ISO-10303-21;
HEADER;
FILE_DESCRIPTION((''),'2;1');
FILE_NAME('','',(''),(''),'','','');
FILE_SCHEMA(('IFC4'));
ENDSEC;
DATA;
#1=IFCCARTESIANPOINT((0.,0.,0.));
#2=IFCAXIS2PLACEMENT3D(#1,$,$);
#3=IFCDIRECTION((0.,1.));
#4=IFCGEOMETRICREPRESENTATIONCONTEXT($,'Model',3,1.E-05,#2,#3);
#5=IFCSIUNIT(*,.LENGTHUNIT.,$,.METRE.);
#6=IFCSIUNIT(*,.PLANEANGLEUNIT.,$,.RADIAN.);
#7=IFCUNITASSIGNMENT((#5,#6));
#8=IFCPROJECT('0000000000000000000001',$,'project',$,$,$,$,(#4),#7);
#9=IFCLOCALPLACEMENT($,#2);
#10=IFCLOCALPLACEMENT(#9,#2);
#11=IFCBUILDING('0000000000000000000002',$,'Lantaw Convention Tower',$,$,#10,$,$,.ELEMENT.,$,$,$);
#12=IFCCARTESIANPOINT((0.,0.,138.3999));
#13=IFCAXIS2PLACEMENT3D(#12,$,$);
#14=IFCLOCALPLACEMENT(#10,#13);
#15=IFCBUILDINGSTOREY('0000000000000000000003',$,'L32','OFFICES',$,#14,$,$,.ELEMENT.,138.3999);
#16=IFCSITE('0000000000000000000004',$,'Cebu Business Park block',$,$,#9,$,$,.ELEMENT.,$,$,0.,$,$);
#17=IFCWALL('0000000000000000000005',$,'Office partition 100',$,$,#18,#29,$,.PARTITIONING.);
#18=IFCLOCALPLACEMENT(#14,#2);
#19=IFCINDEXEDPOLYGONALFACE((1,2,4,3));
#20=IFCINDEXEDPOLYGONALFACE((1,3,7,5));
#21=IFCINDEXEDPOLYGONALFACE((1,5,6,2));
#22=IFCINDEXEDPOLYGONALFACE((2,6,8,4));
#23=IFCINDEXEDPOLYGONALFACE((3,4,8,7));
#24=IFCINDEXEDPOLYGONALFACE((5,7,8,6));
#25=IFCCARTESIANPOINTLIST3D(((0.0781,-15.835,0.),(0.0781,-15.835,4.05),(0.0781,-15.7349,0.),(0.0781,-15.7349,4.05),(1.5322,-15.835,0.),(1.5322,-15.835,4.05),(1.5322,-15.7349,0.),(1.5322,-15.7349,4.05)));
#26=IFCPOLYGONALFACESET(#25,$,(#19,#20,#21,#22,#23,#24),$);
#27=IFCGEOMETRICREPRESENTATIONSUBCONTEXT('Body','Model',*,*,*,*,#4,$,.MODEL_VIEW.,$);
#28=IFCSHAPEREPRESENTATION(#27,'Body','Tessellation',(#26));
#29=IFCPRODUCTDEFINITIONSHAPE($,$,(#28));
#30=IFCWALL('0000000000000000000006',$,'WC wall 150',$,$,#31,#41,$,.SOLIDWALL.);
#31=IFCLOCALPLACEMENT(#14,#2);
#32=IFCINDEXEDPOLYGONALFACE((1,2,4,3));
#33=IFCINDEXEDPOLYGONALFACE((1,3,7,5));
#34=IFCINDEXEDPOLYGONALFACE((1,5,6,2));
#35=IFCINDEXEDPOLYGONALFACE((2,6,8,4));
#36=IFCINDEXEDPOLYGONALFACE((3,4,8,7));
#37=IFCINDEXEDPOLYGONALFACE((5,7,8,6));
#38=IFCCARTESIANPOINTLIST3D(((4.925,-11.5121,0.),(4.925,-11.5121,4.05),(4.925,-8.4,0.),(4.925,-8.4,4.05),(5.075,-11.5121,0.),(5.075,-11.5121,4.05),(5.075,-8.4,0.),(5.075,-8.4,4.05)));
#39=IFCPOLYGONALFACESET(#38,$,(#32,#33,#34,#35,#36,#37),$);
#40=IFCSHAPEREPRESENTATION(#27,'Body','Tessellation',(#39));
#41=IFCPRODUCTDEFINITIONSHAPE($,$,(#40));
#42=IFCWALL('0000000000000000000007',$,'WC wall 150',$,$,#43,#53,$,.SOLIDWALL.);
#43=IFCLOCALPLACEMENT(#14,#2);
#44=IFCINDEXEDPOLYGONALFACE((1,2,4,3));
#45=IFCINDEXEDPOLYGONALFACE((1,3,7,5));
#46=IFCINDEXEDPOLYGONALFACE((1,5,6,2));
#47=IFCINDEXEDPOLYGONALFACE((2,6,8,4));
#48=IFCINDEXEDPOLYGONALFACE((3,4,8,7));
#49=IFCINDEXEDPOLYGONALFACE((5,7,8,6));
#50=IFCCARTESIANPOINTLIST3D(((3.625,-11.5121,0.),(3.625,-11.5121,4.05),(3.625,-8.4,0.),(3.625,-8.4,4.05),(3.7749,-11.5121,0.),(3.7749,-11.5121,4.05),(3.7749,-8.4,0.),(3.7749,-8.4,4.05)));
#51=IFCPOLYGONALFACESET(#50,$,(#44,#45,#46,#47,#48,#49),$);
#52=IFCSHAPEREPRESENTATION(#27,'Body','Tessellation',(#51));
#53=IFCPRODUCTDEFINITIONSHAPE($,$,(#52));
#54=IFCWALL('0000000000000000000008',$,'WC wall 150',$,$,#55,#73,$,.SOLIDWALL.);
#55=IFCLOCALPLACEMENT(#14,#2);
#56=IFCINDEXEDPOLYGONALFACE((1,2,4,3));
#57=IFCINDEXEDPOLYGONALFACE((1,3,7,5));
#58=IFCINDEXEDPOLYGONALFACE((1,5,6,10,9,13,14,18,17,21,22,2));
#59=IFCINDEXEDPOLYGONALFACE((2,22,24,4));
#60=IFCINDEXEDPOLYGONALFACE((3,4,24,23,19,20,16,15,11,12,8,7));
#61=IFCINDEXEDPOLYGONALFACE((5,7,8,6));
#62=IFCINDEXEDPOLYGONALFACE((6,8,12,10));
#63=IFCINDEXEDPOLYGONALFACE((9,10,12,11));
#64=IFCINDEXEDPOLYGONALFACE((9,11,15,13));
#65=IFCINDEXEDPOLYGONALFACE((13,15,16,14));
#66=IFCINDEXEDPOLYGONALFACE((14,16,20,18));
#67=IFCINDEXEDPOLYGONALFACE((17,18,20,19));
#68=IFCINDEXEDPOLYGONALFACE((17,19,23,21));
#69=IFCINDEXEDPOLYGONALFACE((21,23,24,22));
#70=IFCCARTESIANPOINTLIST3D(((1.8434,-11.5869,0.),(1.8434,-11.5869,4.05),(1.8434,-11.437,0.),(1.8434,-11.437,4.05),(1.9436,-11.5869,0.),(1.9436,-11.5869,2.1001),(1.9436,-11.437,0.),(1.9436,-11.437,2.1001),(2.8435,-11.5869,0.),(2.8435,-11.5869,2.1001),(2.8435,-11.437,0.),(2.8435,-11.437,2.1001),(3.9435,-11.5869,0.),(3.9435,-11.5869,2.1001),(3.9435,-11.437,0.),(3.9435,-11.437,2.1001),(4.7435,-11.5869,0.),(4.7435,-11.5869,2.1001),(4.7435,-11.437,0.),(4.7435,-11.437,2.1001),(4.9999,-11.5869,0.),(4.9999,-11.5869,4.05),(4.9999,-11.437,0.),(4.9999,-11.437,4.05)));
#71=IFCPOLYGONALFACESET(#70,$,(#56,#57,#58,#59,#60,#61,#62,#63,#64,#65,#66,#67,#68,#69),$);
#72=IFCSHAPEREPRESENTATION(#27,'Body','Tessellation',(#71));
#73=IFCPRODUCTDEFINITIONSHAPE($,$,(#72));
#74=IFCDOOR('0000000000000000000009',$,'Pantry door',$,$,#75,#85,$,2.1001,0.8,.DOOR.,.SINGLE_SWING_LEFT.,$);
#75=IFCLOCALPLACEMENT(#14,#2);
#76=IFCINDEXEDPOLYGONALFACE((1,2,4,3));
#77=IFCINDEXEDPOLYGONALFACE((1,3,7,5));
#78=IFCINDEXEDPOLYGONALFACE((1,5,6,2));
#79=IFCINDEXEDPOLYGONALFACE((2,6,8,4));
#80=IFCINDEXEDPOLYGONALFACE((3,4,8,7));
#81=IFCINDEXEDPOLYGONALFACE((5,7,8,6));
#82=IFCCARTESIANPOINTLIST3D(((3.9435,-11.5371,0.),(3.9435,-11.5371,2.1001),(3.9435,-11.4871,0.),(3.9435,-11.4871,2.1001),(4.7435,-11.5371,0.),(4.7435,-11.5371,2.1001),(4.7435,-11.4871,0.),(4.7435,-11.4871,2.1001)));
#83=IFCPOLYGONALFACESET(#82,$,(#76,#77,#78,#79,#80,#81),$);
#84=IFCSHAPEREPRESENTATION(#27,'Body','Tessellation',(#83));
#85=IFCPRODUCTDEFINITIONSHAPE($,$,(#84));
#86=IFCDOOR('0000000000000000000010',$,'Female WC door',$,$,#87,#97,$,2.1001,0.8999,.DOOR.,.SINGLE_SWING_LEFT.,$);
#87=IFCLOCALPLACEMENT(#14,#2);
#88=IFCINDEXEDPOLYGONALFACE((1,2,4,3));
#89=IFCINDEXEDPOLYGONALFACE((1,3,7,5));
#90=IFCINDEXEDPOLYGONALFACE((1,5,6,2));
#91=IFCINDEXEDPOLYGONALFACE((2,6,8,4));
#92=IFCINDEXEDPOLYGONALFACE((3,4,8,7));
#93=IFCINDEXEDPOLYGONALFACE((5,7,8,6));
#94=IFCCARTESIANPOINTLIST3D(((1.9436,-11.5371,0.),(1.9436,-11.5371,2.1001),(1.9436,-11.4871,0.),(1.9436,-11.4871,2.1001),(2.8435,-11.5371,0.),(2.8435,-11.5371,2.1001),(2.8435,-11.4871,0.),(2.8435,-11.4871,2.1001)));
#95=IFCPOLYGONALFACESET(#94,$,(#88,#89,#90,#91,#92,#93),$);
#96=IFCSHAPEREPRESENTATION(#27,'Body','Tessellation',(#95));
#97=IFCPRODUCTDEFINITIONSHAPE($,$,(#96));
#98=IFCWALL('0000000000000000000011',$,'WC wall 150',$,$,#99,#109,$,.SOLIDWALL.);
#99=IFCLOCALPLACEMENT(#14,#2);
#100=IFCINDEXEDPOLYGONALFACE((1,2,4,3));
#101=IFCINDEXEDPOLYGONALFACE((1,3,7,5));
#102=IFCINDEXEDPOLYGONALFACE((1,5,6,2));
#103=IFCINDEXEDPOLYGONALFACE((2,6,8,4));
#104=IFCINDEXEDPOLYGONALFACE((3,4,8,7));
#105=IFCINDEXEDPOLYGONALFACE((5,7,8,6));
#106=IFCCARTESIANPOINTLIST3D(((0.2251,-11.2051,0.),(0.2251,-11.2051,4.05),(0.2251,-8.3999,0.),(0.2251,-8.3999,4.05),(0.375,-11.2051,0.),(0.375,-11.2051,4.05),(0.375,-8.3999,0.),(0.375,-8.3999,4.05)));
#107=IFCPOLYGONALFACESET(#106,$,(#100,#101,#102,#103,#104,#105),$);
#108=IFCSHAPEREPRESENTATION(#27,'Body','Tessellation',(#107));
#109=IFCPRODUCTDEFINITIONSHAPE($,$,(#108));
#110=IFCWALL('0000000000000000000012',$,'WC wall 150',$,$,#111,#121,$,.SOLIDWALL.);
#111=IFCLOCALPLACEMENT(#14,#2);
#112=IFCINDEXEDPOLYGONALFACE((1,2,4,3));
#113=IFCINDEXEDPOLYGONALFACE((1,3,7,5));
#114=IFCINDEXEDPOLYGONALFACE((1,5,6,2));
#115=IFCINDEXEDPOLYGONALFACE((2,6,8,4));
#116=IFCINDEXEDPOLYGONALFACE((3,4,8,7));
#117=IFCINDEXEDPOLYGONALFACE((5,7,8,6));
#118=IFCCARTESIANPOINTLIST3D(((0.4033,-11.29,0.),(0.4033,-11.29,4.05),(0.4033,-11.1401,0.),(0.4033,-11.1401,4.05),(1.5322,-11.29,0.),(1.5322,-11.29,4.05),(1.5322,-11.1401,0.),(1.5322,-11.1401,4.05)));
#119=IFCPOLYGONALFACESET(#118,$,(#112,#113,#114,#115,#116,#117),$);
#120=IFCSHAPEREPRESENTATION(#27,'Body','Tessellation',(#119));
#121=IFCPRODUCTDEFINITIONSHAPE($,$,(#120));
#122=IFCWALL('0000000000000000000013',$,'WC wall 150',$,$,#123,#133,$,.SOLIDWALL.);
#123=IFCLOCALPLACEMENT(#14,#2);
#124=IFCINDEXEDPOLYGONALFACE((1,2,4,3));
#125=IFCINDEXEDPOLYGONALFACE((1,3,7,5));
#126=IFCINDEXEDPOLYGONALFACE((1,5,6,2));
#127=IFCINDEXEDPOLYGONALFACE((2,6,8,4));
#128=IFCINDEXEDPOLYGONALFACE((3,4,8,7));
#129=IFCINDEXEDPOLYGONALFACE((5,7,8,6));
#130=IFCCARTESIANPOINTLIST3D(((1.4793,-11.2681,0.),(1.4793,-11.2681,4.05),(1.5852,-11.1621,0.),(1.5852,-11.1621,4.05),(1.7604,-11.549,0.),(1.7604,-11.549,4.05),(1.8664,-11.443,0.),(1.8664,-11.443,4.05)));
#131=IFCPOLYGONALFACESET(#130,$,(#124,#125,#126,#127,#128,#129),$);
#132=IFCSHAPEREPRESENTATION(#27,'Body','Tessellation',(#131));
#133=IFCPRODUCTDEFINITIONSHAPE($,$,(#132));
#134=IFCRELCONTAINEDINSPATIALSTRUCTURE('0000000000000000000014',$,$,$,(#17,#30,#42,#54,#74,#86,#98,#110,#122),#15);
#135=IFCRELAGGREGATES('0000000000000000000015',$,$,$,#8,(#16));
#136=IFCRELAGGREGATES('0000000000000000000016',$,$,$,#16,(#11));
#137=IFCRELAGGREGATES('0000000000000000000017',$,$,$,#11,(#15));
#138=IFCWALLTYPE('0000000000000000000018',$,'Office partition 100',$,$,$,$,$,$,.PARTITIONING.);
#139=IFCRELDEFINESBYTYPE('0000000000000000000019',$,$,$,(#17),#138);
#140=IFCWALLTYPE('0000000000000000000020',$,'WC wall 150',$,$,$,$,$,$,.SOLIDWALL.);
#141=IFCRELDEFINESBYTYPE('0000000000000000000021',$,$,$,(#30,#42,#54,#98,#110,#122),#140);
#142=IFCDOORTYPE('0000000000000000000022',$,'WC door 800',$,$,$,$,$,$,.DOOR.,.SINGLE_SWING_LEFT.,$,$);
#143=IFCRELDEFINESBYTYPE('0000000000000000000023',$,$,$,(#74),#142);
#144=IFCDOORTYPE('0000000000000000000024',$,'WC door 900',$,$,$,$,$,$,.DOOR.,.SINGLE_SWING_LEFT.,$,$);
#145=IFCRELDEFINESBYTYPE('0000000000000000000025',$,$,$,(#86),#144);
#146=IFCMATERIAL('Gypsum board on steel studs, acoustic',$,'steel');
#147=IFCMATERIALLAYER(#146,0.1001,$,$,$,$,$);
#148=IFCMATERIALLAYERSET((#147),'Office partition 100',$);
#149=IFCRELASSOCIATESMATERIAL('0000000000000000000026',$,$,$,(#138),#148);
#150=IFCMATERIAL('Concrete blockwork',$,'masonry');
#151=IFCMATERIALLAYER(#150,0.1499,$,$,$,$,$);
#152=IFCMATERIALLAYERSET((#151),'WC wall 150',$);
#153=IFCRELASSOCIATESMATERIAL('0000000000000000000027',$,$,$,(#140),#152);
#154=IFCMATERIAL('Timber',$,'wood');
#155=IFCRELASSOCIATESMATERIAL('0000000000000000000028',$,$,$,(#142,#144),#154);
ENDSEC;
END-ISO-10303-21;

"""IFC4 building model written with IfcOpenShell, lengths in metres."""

from ifc_helpers import new_model, si_unit, direction, frame, frame_2d, origin, place, context, subcontext, project, spatial, rectangle, extrude, material, layer, layer_set, type_object, element, fill, save


model = new_model("IFC4")

# Units and contexts
model_context = context("Model", 3, precision=1e-05, world=origin(), true_north=direction((0.0, 1.0)))
body_context = subcontext(model_context, "Body", "Model", "MODEL_VIEW")
ifc_project = project(units=[si_unit("LENGTHUNIT", "METRE"), si_unit("PLANEANGLEUNIT", "RADIAN")], contexts=[model_context])

# Site, building, storey
site_placement = place(None, origin())
site = spatial("IfcSite", under=ifc_project, at=site_placement, Name="Cebu Business Park block", CompositionType="ELEMENT", RefElevation=0.0)
building_placement = place(site_placement, origin())
building = spatial("IfcBuilding", under=site, at=building_placement, Name="Lantaw Convention Tower", CompositionType="ELEMENT")
storey_placement = place(building_placement, frame((0.0, 0.0, 138.3999)))
storey = spatial("IfcBuildingStorey", under=building, at=storey_placement, Name="L32", Description="OFFICES", CompositionType="ELEMENT", Elevation=138.3999)

# Walls
ifc_material_1 = material(Name="Gypsum board on steel studs, acoustic", Category="steel")
ifc_layer_1 = layer(ifc_material_1, 0.1001)
ifc_layer_set_1 = layer_set([ifc_layer_1], Name="Office partition 100")
wall_type_1 = type_object("IfcWallType", Name="Office partition 100", PredefinedType="PARTITIONING", material=ifc_layer_set_1)
wall_1_placement = place(storey_placement, frame((1.5322, -15.7849, 0.0), z_axis=(0.0, 0.0, 1.0), x_axis=(-1.0, 0.0, 0.0)))
element("IfcWall", 1, at=wall_1_placement, inside=storey, type_object=wall_type_1, Name="Office partition 100", PredefinedType="PARTITIONING", context=body_context, shape_type="SweptSolid", body=[
    extrude(rectangle(XDim=1.4541, YDim=0.1001, at=frame_2d((0.7271, 0.0))), origin(), (0.0, 0.0, 1.0), 4.05),
])
ifc_material_2 = material(Name="Concrete blockwork", Category="masonry")
ifc_layer_2 = layer(ifc_material_2, 0.1499)
ifc_layer_set_2 = layer_set([ifc_layer_2], Name="WC wall 150")
wall_type_2 = type_object("IfcWallType", Name="WC wall 150", PredefinedType="SOLIDWALL", material=ifc_layer_set_2)
for number, where, z_axis, x_axis, name in (
    (2, (5.0, -8.3999, 0.0), (0.0, 0.0, 1.0), (0.0, -1.0, 0.0), "WC wall 150"),
    (3, (3.7, -8.3999, 0.0), (0.0, 0.0, 1.0), (0.0, -1.0, 0.0), "WC wall 150"),
):
    element("IfcWall", number, at=place(storey_placement, frame(where, z_axis=z_axis, x_axis=x_axis)), inside=storey, type_object=wall_type_2, Name=name, PredefinedType="SOLIDWALL", context=body_context, shape_type="SweptSolid", body=[
        extrude(rectangle(XDim=3.1121, YDim=0.1499, at=frame_2d((1.5562, 0.0))), origin(), (0.0, 0.0, 1.0), 4.05),
    ])

# Wall, openings, doors
wall_2_placement = place(storey_placement, frame((1.8435, -11.512, 0.0), z_axis=(0.0, 0.0, 1.0), x_axis=(1.0, 0.0, 0.0)))
wall_2 = element("IfcWall", 4, at=wall_2_placement, inside=storey, type_object=wall_type_2, Name="WC wall 150", PredefinedType="SOLIDWALL", context=body_context, shape_type="SweptSolid", body=[
    extrude(rectangle(XDim=3.1565, YDim=0.1499, at=frame_2d((1.5781, 0.0))), origin(), (0.0, 0.0, 1.0), 4.05),
])
opening_1_placement = place(wall_2_placement, frame((0.1001, 0.0, 0.0)))
opening_1 = element("IfcOpeningElement", 5, at=opening_1_placement, cuts=wall_2, PredefinedType="OPENING", context=body_context, shape_type="SweptSolid", body=[
    extrude(rectangle(XDim=0.8999, YDim=2.1001, at=frame_2d((0.45, 1.05))), frame((0.0, 0.085, 0.0), z_axis=(0.0, -1.0, 0.0), x_axis=(1.0, 0.0, 0.0)), (0.0, 0.0, 1.0), 0.1699),
])
opening_2_placement = place(wall_2_placement, frame((2.1001, 0.0, 0.0)))
opening_2 = element("IfcOpeningElement", 6, at=opening_2_placement, cuts=wall_2, PredefinedType="OPENING", context=body_context, shape_type="SweptSolid", body=[
    extrude(rectangle(XDim=0.8, YDim=2.1001, at=frame_2d((0.3999, 1.05))), frame((0.0, 0.085, 0.0), z_axis=(0.0, -1.0, 0.0), x_axis=(1.0, 0.0, 0.0)), (0.0, 0.0, 1.0), 0.1699),
])
ifc_material_3 = material(Name="Timber", Category="wood")
door_type_1 = type_object("IfcDoorType", Name="WC door 800", OperationType="SINGLE_SWING_LEFT", PredefinedType="DOOR", material=ifc_material_3)
door_1_placement = place(opening_2_placement, origin())
door_1 = element("IfcDoor", 7, at=door_1_placement, inside=storey, type_object=door_type_1, Name="Pantry door", OperationType="SINGLE_SWING_LEFT", OverallHeight=2.1001, OverallWidth=0.8, PredefinedType="DOOR", context=body_context, shape_type="SweptSolid", body=[
    extrude(rectangle(XDim=0.8, YDim=2.1001, at=frame_2d((0.3999, 1.05))), frame((0.0, 0.0249, 0.0), z_axis=(0.0, -1.0, 0.0), x_axis=(1.0, 0.0, 0.0)), (0.0, 0.0, 1.0), 0.05),
])
fill(opening_2, door_1)
door_type_2 = type_object("IfcDoorType", Name="WC door 900", OperationType="SINGLE_SWING_LEFT", PredefinedType="DOOR", material=ifc_material_3)
door_2_placement = place(opening_1_placement, origin())
door_2 = element("IfcDoor", 8, at=door_2_placement, inside=storey, type_object=door_type_2, Name="Female WC door", OperationType="SINGLE_SWING_LEFT", OverallHeight=2.1001, OverallWidth=0.8999, PredefinedType="DOOR", context=body_context, shape_type="SweptSolid", body=[
    extrude(rectangle(XDim=0.8999, YDim=2.1001, at=frame_2d((0.45, 1.05))), frame((0.0, 0.0249, 0.0), z_axis=(0.0, -1.0, 0.0), x_axis=(1.0, 0.0, 0.0)), (0.0, 0.0, 1.0), 0.05),
])
fill(opening_1, door_2)

# Walls
wall_3_placement = place(storey_placement, frame((0.3, -8.3999, 0.0), z_axis=(0.0, 0.0, 1.0), x_axis=(0.0, -1.0, 0.0)))
element("IfcWall", 9, at=wall_3_placement, inside=storey, type_object=wall_type_2, Name="WC wall 150", PredefinedType="SOLIDWALL", context=body_context, shape_type="SweptSolid", body=[
    extrude(rectangle(XDim=2.8052, YDim=0.1499, at=frame_2d((1.4026, 0.0))), origin(), (0.0, 0.0, 1.0), 4.05),
])
wall_4_placement = place(storey_placement, frame((0.4033, -11.2151, 0.0), z_axis=(0.0, 0.0, 1.0), x_axis=(1.0, 0.0, 0.0)))
element("IfcWall", 10, at=wall_4_placement, inside=storey, type_object=wall_type_2, Name="WC wall 150", PredefinedType="SOLIDWALL", context=body_context, shape_type="SweptSolid", body=[
    extrude(rectangle(XDim=1.1289, YDim=0.1499, at=frame_2d((0.5645, 0.0))), origin(), (0.0, 0.0, 1.0), 4.05),
])
wall_5_placement = place(storey_placement, frame((1.5322, -11.2151, 0.0), z_axis=(0.0, 0.0, 1.0), x_axis=(0.707414, -0.7068, 0.0)))
element("IfcWall", 11, at=wall_5_placement, inside=storey, type_object=wall_type_2, Name="WC wall 150", PredefinedType="SOLIDWALL", context=body_context, shape_type="SweptSolid", body=[
    extrude(rectangle(XDim=0.3975, YDim=0.1499, at=frame_2d((0.1987, 0.0))), origin(), (0.0, 0.0, 1.0), 4.05),
])

save(model, "model.ifc")
